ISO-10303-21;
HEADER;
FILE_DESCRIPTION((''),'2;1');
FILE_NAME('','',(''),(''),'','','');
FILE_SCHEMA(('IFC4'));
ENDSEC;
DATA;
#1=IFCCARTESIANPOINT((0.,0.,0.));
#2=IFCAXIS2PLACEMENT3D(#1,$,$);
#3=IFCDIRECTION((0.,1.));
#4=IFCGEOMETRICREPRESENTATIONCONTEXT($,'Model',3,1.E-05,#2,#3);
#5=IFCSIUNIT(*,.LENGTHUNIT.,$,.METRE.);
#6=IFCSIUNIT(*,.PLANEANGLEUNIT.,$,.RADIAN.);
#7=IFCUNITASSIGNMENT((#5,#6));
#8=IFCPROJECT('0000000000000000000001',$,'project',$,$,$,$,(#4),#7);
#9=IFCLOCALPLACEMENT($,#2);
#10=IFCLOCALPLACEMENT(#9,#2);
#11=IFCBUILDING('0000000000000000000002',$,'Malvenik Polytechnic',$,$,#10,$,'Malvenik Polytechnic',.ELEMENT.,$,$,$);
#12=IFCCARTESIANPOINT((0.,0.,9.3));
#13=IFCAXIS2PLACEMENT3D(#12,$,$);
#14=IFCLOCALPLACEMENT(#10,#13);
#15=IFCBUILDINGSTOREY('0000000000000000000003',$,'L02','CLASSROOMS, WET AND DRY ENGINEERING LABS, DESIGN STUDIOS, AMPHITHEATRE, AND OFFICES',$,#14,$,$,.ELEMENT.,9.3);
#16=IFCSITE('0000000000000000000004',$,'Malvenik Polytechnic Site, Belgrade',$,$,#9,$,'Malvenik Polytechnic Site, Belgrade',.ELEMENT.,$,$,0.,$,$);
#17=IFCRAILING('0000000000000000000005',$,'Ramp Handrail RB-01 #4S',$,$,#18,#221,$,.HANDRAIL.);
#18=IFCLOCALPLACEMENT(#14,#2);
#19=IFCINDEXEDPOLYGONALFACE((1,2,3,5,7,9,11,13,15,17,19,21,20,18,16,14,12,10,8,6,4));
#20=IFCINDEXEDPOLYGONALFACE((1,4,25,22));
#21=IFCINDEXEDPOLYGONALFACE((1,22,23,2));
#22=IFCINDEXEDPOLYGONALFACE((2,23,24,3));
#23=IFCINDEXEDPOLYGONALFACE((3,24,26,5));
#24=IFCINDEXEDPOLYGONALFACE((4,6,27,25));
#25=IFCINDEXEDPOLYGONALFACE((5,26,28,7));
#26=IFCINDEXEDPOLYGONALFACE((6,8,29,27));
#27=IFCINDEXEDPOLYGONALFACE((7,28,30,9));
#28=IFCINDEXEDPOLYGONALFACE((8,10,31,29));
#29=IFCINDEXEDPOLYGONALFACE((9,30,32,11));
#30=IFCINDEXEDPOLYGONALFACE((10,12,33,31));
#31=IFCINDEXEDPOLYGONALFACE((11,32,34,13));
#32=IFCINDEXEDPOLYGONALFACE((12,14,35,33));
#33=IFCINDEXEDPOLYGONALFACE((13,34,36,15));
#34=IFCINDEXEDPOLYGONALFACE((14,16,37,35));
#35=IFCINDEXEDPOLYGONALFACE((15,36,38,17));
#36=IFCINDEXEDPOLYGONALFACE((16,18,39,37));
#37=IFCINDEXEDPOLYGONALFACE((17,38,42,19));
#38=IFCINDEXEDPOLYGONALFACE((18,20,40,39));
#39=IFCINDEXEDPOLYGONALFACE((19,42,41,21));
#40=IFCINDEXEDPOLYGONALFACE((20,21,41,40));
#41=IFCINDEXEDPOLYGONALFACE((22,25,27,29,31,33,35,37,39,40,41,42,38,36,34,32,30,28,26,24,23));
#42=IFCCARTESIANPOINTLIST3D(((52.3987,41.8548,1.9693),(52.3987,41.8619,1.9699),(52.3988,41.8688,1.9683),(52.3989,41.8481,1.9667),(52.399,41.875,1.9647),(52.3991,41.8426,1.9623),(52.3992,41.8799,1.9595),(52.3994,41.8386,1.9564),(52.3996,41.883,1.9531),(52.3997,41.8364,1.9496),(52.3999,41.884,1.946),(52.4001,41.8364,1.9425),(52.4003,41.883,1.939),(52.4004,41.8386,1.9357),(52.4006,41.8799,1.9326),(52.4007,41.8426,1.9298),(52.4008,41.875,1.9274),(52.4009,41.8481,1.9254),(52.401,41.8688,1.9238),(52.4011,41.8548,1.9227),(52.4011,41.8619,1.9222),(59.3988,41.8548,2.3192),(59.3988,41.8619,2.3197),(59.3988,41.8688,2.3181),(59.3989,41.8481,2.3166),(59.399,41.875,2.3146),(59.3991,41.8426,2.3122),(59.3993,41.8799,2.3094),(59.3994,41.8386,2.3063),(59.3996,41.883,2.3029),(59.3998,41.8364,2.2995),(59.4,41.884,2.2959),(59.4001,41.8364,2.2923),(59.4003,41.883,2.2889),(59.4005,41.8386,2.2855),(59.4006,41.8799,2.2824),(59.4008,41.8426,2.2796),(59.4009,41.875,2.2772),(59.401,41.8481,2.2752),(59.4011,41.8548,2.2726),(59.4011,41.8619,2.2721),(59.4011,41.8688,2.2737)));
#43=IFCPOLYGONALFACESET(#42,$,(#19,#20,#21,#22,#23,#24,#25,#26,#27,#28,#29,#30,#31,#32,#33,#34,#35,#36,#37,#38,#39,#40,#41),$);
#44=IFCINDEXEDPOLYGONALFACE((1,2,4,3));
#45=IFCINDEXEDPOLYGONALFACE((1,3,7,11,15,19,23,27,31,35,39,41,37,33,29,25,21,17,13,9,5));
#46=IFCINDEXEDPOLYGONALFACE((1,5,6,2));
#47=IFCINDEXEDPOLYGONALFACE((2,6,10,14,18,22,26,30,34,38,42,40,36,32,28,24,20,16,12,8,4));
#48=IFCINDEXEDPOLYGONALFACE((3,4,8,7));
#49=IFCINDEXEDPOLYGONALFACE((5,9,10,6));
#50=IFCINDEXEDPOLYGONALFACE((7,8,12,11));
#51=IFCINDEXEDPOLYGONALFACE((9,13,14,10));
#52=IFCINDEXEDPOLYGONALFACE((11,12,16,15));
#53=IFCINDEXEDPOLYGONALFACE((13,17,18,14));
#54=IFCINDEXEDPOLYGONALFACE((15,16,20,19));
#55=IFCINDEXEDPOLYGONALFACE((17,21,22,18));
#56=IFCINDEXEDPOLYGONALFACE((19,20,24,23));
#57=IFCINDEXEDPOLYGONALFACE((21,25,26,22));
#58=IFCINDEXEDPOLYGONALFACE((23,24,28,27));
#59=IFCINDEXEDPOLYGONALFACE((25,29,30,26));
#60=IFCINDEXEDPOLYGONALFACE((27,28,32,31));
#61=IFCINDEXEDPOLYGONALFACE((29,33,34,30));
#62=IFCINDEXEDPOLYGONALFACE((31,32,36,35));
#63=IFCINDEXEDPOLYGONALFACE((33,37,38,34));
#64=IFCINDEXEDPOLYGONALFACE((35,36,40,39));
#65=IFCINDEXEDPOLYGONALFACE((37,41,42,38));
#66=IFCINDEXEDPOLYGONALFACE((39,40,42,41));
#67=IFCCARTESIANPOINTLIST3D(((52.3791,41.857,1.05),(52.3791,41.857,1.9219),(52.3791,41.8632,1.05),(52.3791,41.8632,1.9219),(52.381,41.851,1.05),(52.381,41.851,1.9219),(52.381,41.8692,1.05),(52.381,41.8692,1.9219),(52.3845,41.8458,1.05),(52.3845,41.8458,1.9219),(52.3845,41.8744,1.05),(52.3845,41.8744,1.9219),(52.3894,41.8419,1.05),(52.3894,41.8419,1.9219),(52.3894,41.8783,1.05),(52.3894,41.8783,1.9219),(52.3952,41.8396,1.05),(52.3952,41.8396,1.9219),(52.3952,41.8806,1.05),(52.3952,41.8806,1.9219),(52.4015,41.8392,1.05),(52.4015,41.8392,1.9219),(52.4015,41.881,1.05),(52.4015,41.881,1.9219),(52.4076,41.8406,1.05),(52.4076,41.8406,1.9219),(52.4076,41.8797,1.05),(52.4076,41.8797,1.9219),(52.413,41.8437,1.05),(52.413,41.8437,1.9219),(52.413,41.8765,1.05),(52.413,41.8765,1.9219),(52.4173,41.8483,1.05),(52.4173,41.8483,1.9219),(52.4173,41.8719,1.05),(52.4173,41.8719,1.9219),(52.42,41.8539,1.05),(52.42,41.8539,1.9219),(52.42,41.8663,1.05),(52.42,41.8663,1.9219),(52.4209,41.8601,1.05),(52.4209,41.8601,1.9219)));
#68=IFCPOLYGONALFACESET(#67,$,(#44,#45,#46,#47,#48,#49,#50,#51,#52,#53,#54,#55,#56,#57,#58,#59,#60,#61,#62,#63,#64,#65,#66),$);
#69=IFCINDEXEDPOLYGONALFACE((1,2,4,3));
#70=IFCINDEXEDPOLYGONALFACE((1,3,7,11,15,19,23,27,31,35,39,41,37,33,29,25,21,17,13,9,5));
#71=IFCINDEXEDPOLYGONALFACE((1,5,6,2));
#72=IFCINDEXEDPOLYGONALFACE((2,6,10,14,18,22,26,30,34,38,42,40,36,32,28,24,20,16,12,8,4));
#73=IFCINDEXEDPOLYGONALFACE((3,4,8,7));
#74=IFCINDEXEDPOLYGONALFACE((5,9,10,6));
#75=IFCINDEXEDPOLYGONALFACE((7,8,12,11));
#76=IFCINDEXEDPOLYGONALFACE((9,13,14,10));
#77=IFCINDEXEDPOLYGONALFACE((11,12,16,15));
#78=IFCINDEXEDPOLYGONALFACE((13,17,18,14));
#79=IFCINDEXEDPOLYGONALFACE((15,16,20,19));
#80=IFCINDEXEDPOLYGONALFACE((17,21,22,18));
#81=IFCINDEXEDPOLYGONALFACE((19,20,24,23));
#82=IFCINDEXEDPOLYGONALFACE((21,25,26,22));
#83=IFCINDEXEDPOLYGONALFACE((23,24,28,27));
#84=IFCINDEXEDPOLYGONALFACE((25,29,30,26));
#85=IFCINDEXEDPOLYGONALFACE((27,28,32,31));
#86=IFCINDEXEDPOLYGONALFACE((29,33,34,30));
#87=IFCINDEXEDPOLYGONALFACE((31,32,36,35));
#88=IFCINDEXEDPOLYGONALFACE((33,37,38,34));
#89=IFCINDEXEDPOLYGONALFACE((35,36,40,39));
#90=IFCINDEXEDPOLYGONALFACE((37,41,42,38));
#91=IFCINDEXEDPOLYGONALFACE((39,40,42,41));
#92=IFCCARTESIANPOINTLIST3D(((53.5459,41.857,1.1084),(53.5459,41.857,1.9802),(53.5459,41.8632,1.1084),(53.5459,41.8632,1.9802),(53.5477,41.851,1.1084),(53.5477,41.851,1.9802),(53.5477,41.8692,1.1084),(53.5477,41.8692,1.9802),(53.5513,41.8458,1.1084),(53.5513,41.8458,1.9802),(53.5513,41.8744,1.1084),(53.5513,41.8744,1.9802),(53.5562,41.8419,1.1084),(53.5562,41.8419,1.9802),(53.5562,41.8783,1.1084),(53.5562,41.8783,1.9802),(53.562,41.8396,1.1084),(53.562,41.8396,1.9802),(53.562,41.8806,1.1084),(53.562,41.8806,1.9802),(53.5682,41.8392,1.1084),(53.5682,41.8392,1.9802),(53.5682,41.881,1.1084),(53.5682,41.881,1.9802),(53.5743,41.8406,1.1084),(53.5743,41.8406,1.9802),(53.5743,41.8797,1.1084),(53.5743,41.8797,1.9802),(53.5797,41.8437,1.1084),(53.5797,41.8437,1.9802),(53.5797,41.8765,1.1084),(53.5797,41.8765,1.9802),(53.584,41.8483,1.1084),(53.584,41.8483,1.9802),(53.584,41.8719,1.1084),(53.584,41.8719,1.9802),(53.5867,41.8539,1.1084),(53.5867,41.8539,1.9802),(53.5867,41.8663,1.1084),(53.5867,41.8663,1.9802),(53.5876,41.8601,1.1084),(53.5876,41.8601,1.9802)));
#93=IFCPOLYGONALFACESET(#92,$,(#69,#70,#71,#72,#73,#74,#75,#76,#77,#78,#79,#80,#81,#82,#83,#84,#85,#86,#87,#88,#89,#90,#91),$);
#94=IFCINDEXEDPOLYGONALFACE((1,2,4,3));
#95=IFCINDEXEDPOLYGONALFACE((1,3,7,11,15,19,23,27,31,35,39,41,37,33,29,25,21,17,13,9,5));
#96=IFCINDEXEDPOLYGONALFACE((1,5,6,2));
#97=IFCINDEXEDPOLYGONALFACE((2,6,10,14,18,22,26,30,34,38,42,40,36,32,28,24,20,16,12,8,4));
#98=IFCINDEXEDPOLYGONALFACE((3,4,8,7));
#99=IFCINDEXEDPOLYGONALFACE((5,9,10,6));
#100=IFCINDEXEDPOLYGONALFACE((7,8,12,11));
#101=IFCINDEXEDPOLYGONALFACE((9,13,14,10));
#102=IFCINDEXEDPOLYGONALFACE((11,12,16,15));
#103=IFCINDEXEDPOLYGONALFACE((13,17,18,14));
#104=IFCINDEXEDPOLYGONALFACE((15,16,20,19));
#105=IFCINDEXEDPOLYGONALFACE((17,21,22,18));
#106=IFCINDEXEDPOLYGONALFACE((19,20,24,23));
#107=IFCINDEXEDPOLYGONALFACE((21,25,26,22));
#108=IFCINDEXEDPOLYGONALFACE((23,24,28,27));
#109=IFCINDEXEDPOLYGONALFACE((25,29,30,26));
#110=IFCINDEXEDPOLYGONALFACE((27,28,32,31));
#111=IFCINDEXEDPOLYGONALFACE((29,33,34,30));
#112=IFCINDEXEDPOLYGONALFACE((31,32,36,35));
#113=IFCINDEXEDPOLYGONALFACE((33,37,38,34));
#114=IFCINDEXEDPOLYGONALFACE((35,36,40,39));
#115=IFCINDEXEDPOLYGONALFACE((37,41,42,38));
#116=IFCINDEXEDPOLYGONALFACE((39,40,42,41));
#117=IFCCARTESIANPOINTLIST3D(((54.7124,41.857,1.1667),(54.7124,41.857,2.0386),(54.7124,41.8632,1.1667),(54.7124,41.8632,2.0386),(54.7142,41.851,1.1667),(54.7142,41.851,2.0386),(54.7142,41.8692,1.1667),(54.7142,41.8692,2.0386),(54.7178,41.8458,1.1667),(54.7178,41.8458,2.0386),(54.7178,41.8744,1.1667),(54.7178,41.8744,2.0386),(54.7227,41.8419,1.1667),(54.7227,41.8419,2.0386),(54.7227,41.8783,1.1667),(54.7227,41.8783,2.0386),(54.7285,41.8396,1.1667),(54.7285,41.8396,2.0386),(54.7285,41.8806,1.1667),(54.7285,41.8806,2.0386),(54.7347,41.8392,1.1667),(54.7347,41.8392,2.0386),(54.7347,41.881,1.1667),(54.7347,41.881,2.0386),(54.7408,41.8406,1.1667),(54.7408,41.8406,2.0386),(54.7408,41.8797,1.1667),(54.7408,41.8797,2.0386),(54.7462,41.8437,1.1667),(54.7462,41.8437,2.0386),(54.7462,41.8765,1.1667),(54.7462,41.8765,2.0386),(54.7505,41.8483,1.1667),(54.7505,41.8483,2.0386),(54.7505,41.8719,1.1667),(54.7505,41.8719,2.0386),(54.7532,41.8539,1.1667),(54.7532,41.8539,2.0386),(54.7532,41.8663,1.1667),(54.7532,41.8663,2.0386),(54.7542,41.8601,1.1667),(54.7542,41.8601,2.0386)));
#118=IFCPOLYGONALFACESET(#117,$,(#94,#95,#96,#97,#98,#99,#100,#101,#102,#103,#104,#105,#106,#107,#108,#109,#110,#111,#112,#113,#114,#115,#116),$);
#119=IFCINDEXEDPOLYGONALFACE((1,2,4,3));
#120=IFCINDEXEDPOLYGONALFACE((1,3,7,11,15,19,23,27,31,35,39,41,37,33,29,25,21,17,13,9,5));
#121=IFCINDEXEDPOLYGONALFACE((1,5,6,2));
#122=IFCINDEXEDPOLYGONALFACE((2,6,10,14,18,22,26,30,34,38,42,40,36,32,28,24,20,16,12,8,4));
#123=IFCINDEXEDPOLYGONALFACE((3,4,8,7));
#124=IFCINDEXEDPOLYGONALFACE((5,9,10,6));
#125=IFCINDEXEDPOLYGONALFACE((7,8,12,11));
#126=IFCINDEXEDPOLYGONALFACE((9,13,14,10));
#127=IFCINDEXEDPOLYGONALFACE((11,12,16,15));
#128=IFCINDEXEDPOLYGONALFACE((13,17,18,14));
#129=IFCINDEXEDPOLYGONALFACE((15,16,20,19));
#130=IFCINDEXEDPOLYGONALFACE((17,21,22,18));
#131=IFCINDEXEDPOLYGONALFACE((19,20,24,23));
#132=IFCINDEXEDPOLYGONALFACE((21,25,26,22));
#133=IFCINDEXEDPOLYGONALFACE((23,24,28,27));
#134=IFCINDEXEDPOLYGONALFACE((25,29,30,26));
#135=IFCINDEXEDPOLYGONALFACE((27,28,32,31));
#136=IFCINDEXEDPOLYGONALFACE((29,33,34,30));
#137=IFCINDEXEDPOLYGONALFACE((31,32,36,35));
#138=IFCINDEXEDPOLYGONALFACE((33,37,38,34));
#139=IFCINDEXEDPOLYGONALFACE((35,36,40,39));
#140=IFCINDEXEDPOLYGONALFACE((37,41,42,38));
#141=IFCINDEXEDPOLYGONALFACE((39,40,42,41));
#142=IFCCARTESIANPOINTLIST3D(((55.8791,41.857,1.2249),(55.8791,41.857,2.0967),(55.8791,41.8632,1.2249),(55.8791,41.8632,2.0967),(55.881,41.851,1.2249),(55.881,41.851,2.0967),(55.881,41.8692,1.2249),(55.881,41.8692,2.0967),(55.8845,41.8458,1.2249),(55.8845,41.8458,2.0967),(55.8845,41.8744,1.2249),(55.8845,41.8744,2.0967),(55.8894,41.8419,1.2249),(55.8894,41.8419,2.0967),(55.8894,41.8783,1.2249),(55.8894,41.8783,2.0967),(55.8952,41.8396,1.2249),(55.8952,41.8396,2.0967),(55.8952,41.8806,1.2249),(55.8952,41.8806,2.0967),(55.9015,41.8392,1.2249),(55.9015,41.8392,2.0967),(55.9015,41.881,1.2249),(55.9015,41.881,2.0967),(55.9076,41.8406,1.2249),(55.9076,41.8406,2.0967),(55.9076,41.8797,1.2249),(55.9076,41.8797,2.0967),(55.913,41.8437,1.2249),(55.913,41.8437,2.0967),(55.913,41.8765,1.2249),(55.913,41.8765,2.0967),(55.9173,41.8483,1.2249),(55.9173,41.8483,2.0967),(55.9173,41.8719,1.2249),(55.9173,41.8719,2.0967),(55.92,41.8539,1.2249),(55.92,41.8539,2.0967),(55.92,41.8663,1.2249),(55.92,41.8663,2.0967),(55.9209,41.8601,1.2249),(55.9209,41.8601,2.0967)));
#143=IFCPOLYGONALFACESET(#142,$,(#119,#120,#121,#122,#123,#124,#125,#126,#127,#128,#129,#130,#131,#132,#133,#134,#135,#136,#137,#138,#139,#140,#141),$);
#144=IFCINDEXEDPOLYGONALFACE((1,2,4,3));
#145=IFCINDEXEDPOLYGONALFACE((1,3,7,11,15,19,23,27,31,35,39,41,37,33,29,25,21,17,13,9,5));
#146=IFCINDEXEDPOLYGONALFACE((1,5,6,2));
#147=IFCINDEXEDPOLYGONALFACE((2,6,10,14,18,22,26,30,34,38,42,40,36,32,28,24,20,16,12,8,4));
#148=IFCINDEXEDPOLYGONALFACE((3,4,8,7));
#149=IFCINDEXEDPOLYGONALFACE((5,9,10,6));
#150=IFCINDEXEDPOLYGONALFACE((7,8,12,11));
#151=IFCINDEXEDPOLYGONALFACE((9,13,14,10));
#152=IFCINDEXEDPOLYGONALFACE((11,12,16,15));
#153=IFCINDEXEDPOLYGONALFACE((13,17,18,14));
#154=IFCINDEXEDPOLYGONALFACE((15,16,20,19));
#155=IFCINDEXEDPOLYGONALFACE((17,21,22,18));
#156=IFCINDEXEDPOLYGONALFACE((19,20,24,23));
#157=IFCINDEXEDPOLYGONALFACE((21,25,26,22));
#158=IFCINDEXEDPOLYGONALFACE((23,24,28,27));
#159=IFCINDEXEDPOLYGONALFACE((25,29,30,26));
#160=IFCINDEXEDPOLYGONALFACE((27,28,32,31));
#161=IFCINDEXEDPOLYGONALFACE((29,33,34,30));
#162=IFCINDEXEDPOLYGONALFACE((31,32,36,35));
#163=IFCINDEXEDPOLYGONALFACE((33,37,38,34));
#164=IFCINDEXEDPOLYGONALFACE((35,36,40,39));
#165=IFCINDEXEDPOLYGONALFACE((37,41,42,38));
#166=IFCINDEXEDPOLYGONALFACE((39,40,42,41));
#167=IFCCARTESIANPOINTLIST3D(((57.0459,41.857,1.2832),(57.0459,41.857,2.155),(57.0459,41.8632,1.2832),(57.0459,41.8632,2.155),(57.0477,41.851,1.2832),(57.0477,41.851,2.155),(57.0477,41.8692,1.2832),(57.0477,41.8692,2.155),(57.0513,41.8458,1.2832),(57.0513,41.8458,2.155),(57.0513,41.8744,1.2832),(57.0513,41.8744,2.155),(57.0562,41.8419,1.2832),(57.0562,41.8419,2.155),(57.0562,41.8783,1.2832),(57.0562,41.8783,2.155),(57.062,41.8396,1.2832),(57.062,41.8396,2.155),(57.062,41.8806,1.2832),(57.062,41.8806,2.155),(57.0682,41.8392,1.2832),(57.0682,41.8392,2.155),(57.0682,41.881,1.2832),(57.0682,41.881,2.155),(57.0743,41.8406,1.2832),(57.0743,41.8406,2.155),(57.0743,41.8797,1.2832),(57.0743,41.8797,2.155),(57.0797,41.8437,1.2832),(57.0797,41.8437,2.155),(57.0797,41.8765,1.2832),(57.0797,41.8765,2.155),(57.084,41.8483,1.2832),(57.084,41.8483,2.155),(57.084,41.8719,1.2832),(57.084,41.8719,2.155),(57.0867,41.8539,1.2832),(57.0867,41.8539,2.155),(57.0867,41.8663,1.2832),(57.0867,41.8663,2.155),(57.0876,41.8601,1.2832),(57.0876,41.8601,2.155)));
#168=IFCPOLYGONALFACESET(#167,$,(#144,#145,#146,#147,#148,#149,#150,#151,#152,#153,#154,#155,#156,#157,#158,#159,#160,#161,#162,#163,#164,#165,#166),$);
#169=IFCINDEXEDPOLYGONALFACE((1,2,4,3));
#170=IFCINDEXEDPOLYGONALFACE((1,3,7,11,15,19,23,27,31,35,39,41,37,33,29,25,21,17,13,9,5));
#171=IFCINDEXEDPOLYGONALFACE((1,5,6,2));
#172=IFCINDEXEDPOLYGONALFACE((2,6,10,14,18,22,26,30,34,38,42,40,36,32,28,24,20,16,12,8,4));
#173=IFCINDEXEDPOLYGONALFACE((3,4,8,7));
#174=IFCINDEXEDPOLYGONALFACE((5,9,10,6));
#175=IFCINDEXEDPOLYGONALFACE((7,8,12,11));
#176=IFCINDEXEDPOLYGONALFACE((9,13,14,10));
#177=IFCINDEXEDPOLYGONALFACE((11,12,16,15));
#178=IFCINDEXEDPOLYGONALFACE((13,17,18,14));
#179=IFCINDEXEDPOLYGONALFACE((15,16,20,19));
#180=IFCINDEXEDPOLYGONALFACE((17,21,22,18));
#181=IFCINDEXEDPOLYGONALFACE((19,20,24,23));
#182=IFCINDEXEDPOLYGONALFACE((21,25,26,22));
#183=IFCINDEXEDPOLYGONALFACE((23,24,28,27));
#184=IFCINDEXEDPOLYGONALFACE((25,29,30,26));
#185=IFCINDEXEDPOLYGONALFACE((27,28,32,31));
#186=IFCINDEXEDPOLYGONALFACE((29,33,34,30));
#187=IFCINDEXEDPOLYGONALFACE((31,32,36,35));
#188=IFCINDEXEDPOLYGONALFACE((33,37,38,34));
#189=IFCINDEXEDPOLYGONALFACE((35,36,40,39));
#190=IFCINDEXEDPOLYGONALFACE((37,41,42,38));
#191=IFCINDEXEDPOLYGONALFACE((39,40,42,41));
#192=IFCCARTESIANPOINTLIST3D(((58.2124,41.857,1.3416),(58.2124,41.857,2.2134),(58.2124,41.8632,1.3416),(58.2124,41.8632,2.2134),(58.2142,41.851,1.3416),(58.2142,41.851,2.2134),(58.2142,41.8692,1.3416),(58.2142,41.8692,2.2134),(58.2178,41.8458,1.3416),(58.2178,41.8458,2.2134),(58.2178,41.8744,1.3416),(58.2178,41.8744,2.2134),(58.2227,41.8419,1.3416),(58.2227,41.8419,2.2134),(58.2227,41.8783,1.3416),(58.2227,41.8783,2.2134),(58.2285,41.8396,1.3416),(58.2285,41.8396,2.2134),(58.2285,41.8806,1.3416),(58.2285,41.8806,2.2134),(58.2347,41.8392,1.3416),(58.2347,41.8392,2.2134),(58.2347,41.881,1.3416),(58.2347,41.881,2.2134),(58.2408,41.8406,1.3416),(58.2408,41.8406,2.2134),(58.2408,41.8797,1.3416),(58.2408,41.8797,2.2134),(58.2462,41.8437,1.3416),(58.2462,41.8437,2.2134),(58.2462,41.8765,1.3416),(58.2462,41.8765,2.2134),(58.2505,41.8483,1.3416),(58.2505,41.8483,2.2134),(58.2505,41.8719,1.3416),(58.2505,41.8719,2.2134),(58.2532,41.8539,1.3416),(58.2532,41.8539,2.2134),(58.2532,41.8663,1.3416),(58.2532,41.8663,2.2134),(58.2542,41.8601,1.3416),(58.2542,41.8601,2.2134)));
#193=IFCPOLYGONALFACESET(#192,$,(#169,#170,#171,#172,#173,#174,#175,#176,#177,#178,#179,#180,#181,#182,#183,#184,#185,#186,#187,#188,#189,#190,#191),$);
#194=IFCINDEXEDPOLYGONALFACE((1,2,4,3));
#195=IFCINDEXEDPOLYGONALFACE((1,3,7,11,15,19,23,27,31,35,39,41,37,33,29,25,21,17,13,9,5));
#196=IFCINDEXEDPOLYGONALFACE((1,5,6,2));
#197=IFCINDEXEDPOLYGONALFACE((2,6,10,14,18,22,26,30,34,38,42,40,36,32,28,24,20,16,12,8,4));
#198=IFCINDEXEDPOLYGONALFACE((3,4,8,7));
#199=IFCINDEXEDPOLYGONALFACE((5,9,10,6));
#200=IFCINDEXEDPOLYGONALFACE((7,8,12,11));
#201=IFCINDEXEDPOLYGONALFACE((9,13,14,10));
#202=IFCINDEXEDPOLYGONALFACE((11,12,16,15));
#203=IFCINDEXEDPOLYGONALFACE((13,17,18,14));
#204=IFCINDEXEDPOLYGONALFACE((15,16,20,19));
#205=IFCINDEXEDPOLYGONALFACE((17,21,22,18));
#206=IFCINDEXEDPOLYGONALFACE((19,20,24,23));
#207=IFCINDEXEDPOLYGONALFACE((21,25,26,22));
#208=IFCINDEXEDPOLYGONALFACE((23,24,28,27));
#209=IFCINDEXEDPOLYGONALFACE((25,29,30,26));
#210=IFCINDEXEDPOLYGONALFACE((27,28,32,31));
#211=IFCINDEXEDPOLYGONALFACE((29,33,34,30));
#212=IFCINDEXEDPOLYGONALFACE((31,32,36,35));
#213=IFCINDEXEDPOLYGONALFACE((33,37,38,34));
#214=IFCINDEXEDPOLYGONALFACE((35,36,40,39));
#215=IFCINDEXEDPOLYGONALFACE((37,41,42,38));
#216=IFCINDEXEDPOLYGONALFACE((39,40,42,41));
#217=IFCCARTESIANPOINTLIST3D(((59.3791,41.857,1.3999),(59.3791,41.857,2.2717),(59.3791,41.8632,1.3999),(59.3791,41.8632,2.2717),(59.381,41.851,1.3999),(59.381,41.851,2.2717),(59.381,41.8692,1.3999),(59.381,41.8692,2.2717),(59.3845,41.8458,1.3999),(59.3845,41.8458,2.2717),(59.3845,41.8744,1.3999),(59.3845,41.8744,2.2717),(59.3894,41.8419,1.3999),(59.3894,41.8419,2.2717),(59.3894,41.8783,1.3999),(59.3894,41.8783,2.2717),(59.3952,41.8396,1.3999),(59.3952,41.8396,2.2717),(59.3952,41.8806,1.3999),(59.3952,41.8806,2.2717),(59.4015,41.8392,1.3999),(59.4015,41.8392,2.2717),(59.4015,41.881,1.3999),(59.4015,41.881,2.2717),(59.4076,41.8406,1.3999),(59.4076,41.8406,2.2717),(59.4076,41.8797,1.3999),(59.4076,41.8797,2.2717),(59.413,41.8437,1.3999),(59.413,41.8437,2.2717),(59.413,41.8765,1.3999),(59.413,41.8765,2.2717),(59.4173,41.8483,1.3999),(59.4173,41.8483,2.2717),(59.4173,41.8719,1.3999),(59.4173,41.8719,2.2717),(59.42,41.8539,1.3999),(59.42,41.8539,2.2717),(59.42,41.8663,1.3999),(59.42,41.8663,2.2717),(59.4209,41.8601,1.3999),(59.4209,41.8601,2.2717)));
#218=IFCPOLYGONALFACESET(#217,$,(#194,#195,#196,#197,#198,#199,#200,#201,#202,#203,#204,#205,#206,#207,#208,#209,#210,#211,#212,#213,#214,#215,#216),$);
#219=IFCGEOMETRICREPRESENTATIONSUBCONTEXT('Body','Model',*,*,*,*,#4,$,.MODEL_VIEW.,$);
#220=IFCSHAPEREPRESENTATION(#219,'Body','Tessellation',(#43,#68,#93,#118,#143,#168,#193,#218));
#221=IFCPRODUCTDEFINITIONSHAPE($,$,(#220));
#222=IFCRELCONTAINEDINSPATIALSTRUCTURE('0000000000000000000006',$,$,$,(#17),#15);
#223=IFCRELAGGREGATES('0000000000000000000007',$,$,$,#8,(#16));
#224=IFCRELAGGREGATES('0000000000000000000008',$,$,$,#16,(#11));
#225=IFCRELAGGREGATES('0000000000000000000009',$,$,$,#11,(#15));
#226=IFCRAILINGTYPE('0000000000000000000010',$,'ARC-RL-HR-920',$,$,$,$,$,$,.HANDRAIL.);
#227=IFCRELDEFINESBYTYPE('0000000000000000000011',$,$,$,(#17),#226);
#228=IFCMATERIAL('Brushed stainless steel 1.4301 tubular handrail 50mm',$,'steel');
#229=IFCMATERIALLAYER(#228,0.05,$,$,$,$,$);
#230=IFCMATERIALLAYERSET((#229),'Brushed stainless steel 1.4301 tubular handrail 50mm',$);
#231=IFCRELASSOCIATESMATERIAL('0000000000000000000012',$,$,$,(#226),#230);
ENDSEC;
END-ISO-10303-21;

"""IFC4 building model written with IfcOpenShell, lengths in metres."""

from ifc_helpers import new_model, si_unit, direction, frame, origin, origin_2d, place, context, subcontext, project, spatial, circle, extrude, material, layer, layer_set, type_object, element, save


model = new_model("IFC4")

# Units and contexts
model_context = context("Model", 3, precision=1e-05, world=origin(), true_north=direction((0.0, 1.0)))
body_context = subcontext(model_context, "Body", "Model", "MODEL_VIEW")
ifc_project = project(units=[si_unit("LENGTHUNIT", "METRE"), si_unit("PLANEANGLEUNIT", "RADIAN")], contexts=[model_context])

# Site, building, storey
site_placement = place(None, origin())
site = spatial("IfcSite", under=ifc_project, at=site_placement, Name="Malvenik Polytechnic Site, Belgrade", LongName="Malvenik Polytechnic Site, Belgrade", CompositionType="ELEMENT", RefElevation=0.0)
building_placement = place(site_placement, origin())
building = spatial("IfcBuilding", under=site, at=building_placement, Name="Malvenik Polytechnic", LongName="Malvenik Polytechnic", CompositionType="ELEMENT")
storey_placement = place(building_placement, frame((0.0, 0.0, 9.3)))
storey = spatial("IfcBuildingStorey", under=building, at=storey_placement, Name="L02", Description="CLASSROOMS, WET AND DRY ENGINEERING LABS, DESIGN STUDIOS, AMPHITHEATRE, AND OFFICES", CompositionType="ELEMENT", Elevation=9.3)

# Railing
ifc_material_1 = material(Name="Brushed stainless steel 1.4301 tubular handrail 50mm", Category="steel")
ifc_layer_1 = layer(ifc_material_1, 0.05)
ifc_layer_set_1 = layer_set([ifc_layer_1], Name="Brushed stainless steel 1.4301 tubular handrail 50mm")
railing_type_1 = type_object("IfcRailingType", Name="ARC-RL-HR-920", PredefinedType="HANDRAIL", material=ifc_layer_set_1)
railing_1_placement = place(storey_placement, frame((52.3999, 41.8601, 1.05)))
element("IfcRailing", 1, at=railing_1_placement, inside=storey, type_object=railing_type_1, Name="Ramp Handrail RB-01 #4S", PredefinedType="HANDRAIL", context=body_context, shape_type="SweptSolid", body=[
    extrude(circle(Radius=0.0239, at=origin_2d()), frame((0.0, 0.0, 0.896), z_axis=(0.998753, 0.0, 0.049917), x_axis=(0.0, 1.0, 0.0)), (0.0, 0.0, 1.0), 7.0088),
    extrude(circle(Radius=0.021, at=origin_2d()), origin(), (0.0, 0.0, 1.0), 0.8718),
    extrude(circle(Radius=0.021, at=origin_2d()), frame((1.1667, 0.0, 0.0583)), (0.0, 0.0, 1.0), 0.8718),
    extrude(circle(Radius=0.021, at=origin_2d()), frame((2.3333, 0.0, 0.1167)), (0.0, 0.0, 1.0), 0.8718),
    extrude(circle(Radius=0.021, at=origin_2d()), frame((3.5, 0.0, 0.1748)), (0.0, 0.0, 1.0), 0.8718),
    extrude(circle(Radius=0.021, at=origin_2d()), frame((4.6667, 0.0, 0.2332)), (0.0, 0.0, 1.0), 0.8718),
    extrude(circle(Radius=0.021, at=origin_2d()), frame((5.8333, 0.0, 0.2915)), (0.0, 0.0, 1.0), 0.8718),
    extrude(circle(Radius=0.021, at=origin_2d()), frame((7.0, 0.0, 0.3499)), (0.0, 0.0, 1.0), 0.8718),
])

save(model, "model.ifc")
